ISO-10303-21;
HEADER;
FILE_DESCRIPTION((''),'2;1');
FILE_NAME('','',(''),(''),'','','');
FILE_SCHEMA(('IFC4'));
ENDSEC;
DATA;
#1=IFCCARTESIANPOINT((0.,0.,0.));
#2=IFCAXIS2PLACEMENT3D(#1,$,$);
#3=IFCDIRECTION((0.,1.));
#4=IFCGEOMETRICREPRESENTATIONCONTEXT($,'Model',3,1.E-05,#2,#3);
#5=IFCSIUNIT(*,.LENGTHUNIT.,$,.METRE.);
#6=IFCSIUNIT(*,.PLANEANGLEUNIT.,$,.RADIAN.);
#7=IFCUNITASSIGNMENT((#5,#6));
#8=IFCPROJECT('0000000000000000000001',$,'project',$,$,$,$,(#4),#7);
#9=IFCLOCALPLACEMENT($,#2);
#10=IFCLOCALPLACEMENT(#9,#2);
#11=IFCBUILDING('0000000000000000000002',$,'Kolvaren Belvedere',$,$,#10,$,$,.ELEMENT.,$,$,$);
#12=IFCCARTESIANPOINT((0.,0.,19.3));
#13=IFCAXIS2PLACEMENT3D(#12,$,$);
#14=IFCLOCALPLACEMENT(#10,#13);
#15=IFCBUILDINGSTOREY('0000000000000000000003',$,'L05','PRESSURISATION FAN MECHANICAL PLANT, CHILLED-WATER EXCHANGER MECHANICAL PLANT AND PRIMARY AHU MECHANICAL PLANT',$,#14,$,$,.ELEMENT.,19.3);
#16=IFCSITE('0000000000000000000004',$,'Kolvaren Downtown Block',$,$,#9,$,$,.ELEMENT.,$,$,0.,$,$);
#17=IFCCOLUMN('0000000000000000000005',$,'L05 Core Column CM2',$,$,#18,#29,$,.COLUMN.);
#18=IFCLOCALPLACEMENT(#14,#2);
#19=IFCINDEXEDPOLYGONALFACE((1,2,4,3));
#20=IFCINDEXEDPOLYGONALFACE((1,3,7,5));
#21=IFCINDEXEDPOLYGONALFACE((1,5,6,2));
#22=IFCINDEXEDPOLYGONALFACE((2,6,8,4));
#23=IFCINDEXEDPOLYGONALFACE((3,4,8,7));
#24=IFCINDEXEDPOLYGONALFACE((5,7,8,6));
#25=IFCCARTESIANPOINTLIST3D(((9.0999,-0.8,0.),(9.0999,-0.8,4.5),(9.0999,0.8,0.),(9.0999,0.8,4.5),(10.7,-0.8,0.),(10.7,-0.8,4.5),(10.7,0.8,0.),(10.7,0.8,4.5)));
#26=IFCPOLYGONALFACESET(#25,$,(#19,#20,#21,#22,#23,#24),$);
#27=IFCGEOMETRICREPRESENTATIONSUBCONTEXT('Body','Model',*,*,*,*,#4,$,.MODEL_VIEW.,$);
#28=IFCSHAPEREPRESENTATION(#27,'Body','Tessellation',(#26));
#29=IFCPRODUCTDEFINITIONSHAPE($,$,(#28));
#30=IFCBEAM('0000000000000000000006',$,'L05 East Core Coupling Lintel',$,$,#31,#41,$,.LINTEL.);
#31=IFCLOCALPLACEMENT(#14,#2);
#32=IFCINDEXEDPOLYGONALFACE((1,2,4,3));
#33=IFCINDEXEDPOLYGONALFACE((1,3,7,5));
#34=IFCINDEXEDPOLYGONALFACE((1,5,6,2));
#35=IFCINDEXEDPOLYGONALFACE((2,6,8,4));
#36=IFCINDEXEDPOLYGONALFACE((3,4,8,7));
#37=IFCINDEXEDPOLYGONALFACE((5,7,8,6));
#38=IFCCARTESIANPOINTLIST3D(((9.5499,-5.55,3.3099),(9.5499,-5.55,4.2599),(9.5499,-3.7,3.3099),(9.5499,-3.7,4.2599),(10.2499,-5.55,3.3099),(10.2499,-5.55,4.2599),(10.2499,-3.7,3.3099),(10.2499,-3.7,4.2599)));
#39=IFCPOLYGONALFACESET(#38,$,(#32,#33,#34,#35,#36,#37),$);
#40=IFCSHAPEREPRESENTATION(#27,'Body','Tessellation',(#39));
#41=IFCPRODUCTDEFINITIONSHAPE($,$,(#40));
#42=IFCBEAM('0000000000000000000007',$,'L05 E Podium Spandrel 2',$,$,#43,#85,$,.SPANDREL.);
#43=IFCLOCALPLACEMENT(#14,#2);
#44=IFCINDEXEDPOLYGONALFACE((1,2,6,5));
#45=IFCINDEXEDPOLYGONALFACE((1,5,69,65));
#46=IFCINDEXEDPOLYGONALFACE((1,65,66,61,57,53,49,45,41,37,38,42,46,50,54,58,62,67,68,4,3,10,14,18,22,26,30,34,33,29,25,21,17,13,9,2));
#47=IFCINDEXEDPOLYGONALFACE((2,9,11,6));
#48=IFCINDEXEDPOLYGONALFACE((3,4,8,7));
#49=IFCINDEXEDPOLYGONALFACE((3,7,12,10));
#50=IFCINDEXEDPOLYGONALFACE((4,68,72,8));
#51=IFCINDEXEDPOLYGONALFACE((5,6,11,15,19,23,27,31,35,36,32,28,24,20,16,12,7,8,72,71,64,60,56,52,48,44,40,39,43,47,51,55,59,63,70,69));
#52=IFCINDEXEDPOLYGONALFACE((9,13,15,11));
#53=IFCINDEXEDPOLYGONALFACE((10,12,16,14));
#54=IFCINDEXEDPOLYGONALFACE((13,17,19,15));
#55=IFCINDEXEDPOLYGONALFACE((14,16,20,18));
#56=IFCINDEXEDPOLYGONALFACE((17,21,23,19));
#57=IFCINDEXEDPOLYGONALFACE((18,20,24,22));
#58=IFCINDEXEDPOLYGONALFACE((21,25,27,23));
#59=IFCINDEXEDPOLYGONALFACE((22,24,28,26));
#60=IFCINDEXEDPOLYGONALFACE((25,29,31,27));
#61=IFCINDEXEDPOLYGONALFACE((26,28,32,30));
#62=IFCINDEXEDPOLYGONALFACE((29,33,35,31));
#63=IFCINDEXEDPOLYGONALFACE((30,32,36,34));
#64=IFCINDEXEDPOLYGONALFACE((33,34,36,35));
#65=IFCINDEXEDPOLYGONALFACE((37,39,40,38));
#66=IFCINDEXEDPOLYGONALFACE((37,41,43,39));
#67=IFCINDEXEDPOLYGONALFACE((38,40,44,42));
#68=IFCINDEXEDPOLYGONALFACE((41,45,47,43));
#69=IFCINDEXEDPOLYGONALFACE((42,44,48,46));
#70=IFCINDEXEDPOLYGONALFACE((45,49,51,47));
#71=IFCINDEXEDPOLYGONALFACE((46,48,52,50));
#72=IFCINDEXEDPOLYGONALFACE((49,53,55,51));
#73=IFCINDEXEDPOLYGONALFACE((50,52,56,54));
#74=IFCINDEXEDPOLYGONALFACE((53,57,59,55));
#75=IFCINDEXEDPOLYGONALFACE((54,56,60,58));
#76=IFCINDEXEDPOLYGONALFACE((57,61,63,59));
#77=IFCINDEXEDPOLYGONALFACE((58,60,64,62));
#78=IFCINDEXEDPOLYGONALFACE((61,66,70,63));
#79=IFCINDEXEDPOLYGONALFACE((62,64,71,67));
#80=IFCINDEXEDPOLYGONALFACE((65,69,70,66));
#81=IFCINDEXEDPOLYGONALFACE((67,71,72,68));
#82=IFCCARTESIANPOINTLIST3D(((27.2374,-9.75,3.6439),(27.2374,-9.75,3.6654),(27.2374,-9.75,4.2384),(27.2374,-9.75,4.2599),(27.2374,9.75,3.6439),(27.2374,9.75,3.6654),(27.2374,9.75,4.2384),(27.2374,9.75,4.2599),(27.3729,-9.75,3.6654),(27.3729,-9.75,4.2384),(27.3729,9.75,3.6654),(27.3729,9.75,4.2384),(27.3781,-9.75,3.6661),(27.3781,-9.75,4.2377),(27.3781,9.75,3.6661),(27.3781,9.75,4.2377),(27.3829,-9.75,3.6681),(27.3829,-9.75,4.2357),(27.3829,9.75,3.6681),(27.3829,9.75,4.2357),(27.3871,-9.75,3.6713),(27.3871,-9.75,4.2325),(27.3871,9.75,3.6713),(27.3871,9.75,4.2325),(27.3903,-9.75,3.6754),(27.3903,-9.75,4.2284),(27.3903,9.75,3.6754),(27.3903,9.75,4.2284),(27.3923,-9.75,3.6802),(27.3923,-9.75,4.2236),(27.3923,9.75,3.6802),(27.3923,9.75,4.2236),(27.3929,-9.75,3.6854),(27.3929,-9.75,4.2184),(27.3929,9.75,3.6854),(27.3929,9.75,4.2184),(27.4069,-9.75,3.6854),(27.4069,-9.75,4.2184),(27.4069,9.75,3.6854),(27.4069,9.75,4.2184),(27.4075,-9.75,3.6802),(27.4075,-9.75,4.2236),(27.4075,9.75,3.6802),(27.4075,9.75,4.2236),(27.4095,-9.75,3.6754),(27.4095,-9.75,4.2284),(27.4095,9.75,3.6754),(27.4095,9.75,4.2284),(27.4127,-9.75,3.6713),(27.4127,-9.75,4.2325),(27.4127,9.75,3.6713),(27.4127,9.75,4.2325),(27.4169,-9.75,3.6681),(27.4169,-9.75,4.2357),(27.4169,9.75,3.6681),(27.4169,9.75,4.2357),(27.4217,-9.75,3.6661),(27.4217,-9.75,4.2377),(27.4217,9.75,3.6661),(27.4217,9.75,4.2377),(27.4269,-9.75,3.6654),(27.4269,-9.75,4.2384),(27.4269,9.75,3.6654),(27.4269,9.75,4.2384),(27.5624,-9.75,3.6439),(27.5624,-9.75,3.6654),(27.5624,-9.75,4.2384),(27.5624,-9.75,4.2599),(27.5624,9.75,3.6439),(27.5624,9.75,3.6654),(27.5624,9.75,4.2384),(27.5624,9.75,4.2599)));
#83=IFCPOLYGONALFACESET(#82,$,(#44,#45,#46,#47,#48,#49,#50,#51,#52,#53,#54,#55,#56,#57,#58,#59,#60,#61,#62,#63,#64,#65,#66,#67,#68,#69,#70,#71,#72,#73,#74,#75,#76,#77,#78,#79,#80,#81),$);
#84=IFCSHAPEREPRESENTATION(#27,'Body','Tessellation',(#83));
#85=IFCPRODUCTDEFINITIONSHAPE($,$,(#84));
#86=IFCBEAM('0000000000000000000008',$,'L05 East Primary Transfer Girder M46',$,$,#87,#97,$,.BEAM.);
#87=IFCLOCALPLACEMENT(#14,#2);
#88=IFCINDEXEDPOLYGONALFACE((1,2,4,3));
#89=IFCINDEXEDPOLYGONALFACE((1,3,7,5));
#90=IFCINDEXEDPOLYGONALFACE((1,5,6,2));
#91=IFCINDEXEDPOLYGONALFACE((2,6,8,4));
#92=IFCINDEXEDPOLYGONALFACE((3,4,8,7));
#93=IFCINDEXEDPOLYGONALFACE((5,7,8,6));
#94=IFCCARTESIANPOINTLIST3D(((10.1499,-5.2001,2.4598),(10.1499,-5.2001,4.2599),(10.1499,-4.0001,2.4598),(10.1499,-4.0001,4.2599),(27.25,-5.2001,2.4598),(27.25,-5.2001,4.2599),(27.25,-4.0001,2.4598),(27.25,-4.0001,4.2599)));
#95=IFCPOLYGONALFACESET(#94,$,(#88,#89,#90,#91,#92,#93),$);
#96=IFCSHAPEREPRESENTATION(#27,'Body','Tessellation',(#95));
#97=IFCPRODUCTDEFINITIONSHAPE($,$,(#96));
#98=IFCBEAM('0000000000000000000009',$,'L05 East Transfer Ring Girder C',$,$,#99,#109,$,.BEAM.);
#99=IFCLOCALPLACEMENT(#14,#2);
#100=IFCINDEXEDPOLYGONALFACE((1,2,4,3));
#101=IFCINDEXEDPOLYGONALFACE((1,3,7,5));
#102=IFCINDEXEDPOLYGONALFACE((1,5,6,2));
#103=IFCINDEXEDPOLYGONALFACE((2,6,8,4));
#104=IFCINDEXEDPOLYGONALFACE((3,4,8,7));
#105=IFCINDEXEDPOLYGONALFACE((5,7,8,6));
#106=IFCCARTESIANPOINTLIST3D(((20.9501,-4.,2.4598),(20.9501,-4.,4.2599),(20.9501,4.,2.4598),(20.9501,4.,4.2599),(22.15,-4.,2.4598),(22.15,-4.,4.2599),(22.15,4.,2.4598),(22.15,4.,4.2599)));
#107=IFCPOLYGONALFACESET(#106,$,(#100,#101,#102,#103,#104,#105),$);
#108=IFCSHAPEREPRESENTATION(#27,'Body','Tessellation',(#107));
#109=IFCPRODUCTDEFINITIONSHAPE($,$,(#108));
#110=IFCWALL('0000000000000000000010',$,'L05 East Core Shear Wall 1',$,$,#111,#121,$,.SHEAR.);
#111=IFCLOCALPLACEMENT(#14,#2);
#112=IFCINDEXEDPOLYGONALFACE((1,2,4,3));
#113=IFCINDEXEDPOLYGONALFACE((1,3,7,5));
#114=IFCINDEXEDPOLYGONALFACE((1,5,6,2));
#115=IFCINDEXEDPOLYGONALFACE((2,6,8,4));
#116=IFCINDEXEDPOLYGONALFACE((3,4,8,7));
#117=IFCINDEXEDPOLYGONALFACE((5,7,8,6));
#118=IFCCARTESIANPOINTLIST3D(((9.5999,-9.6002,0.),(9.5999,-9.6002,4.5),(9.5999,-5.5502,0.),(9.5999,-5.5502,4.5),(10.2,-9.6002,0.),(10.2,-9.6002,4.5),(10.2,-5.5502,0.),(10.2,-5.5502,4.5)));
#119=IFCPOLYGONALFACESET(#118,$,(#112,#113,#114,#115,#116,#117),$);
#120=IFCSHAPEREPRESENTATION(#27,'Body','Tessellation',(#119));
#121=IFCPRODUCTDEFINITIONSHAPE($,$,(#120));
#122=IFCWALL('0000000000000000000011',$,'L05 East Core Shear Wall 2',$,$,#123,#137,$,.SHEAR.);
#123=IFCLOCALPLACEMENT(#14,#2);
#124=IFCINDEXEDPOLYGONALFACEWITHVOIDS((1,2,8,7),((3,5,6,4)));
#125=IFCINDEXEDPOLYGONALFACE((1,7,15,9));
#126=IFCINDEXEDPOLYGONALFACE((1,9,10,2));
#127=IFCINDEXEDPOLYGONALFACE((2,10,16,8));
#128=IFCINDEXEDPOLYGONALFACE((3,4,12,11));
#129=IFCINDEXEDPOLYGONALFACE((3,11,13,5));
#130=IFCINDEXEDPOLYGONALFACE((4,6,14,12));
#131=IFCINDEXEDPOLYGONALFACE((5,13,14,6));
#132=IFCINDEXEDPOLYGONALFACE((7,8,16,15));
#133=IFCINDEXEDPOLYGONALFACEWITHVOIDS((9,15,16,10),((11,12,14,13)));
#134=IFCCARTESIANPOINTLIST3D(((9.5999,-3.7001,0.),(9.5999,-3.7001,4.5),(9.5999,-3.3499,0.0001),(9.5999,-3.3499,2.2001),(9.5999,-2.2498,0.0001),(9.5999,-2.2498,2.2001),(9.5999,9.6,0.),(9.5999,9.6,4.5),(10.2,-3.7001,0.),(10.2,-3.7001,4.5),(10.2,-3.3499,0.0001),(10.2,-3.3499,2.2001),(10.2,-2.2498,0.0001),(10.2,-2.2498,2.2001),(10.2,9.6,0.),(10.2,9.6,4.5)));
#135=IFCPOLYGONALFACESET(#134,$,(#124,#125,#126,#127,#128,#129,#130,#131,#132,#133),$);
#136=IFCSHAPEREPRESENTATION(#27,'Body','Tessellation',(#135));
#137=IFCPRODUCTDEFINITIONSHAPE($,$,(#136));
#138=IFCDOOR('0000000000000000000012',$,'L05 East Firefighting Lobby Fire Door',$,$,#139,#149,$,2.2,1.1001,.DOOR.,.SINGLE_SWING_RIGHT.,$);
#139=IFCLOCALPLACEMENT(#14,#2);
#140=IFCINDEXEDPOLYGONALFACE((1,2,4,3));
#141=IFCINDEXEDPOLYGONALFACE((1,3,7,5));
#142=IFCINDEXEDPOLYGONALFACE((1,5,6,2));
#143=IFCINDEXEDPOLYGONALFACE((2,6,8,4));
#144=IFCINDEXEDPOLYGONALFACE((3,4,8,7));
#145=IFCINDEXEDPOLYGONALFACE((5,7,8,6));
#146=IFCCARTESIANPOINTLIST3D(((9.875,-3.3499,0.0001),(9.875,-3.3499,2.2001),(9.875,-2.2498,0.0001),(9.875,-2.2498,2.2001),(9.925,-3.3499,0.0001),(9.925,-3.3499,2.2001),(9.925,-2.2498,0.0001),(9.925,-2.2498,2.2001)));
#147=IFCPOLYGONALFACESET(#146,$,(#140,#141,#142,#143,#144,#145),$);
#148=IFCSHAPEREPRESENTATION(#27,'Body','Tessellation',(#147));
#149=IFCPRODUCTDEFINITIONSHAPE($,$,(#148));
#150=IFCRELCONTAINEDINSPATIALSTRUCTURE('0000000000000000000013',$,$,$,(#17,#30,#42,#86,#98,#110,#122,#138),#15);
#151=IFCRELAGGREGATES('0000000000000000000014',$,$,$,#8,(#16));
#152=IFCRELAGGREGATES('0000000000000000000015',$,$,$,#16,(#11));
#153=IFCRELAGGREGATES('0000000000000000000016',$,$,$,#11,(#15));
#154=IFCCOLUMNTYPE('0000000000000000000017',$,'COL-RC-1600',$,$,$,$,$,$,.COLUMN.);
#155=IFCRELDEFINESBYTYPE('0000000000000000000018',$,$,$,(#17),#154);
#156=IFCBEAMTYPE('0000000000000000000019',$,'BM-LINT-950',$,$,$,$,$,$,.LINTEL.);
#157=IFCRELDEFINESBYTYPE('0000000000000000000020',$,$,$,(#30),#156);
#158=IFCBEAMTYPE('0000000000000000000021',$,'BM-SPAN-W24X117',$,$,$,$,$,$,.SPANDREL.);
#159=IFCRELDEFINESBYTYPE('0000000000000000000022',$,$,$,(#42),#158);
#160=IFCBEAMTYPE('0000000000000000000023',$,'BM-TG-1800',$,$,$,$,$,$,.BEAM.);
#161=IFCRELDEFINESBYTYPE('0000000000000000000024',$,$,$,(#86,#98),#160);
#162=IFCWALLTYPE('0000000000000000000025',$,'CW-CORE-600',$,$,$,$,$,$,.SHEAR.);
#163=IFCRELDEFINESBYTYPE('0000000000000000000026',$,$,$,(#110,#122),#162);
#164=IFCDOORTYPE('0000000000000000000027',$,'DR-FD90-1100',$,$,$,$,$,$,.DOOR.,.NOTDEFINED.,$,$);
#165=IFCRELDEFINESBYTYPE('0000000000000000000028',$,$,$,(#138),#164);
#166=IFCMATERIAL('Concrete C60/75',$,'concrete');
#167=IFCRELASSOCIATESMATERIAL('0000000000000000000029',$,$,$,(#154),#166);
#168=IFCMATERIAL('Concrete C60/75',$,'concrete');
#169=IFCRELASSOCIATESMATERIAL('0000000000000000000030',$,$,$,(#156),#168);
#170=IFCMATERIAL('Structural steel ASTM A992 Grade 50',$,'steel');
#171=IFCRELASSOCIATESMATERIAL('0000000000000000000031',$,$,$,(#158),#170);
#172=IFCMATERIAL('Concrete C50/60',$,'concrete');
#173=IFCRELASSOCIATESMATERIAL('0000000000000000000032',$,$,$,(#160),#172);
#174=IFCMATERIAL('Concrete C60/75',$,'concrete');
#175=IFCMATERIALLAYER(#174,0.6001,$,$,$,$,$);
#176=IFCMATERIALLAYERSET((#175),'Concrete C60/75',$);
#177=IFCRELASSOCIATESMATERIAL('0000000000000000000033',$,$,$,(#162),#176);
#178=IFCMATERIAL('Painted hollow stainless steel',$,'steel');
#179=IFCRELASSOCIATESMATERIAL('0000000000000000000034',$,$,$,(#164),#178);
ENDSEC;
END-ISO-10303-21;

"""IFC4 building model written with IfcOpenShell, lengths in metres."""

from ifc_helpers import new_model, si_unit, direction, frame, frame_2d, origin, origin_2d, place, context, subcontext, project, spatial, rectangle, i_section, extrude, material, layer, layer_set, material_profile, profile_set, type_object, element, fill, save


model = new_model("IFC4")

# Units and contexts
model_context = context("Model", 3, precision=1e-05, world=origin(), true_north=direction((0.0, 1.0)))
body_context = subcontext(model_context, "Body", "Model", "MODEL_VIEW")
ifc_project = project(units=[si_unit("LENGTHUNIT", "METRE"), si_unit("PLANEANGLEUNIT", "RADIAN")], contexts=[model_context])

# Site, building, storey
site_placement = place(None, origin())
site = spatial("IfcSite", under=ifc_project, at=site_placement, Name="Kolvaren Downtown Block", CompositionType="ELEMENT", RefElevation=0.0)
building_placement = place(site_placement, origin())
building = spatial("IfcBuilding", under=site, at=building_placement, Name="Kolvaren Belvedere", CompositionType="ELEMENT")
storey_placement = place(building_placement, frame((0.0, 0.0, 19.3)))
storey = spatial("IfcBuildingStorey", under=building, at=storey_placement, Name="L05", Description="PRESSURISATION FAN MECHANICAL PLANT, CHILLED-WATER EXCHANGER MECHANICAL PLANT AND PRIMARY AHU MECHANICAL PLANT", CompositionType="ELEMENT", Elevation=19.3)

# Column
ifc_material_1 = material(Name="Concrete C60/75", Category="concrete")
ifc_material_profile_1 = material_profile(ifc_material_1, rectangle(XDim=1.6001, YDim=1.6001, at=origin_2d()), Name="RC 1600X1600")
ifc_profile_set_1 = profile_set([ifc_material_profile_1], Name="Concrete C60/75")
column_type = type_object("IfcColumnType", Name="COL-RC-1600", PredefinedType="COLUMN", material=ifc_profile_set_1)
column_placement = place(storey_placement, frame((9.8999, 0.0, 0.0), z_axis=(0.0, 0.0, 1.0), x_axis=(1.0, 0.0, 0.0)))
element("IfcColumn", 1, at=column_placement, inside=storey, type_object=column_type, Name="L05 Core Column CM2", PredefinedType="COLUMN", context=body_context, shape_type="SweptSolid", body=[
    extrude(rectangle(XDim=1.6001, YDim=1.6001, at=origin_2d()), origin(), (0.0, 0.0, 1.0), 4.5),
])

# Beams
ifc_material_2 = material(Name="Concrete C60/75", Category="concrete")
ifc_material_profile_2 = material_profile(ifc_material_2, rectangle(XDim=0.7, YDim=0.95, at=origin_2d()), Name="RC 700X950")
ifc_profile_set_2 = profile_set([ifc_material_profile_2], Name="Concrete C60/75")
beam_type_1 = type_object("IfcBeamType", Name="BM-LINT-950", PredefinedType="LINTEL", material=ifc_profile_set_2)
beam_1_placement = place(storey_placement, frame((9.8999, -5.55, 3.7849), z_axis=(0.0, 1.0, 0.0), x_axis=(-1.0, 0.0, 0.0)))
element("IfcBeam", 2, at=beam_1_placement, inside=storey, type_object=beam_type_1, Name="L05 East Core Coupling Lintel", PredefinedType="LINTEL", context=body_context, shape_type="SweptSolid", body=[
    extrude(rectangle(XDim=0.7, YDim=0.95, at=origin_2d()), origin(), (0.0, 0.0, 1.0), 1.8501),
])
ifc_material_3 = material(Name="Structural steel ASTM A992 Grade 50", Category="steel")
ifc_material_profile_3 = material_profile(ifc_material_3, i_section(OverallWidth=0.325, OverallDepth=0.616, WebThickness=0.0139, FlangeThickness=0.0215, FilletRadius=0.02, at=origin_2d()), Name="W24X117")
ifc_profile_set_3 = profile_set([ifc_material_profile_3], Name="Structural steel ASTM A992 Grade 50")
beam_type_2 = type_object("IfcBeamType", Name="BM-SPAN-W24X117", PredefinedType="SPANDREL", material=ifc_profile_set_3)
beam_2_placement = place(storey_placement, frame((27.3999, -9.75, 3.9519), z_axis=(0.0, 1.0, 0.0), x_axis=(-1.0, 0.0, 0.0)))
element("IfcBeam", 3, at=beam_2_placement, inside=storey, type_object=beam_type_2, Name="L05 E Podium Spandrel 2", PredefinedType="SPANDREL", context=body_context, shape_type="SweptSolid", body=[
    extrude(i_section(OverallWidth=0.325, OverallDepth=0.616, WebThickness=0.0139, FlangeThickness=0.0215, FilletRadius=0.02, at=origin_2d()), origin(), (0.0, 0.0, 1.0), 19.5),
])
ifc_material_4 = material(Name="Concrete C50/60", Category="concrete")
ifc_material_profile_4 = material_profile(ifc_material_4, rectangle(XDim=1.2, YDim=1.8, at=origin_2d()), Name="RC 1200X1800")
ifc_profile_set_4 = profile_set([ifc_material_profile_4], Name="Concrete C50/60")
beam_type_3 = type_object("IfcBeamType", Name="BM-TG-1800", PredefinedType="BEAM", material=ifc_profile_set_4)
beam_3_placement = place(storey_placement, frame((10.1499, -4.6001, 3.3599), z_axis=(1.0, 0.0, 0.0), x_axis=(0.0, 1.0, 0.0)))
element("IfcBeam", 4, at=beam_3_placement, inside=storey, type_object=beam_type_3, Name="L05 East Primary Transfer Girder M46", PredefinedType="BEAM", context=body_context, shape_type="SweptSolid", body=[
    extrude(rectangle(XDim=1.2, YDim=1.8, at=origin_2d()), origin(), (0.0, 0.0, 1.0), 17.1001),
])
beam_4_placement = place(storey_placement, frame((21.55, -4.0, 3.3599), z_axis=(0.0, 1.0, 0.0), x_axis=(-1.0, 0.0, 0.0)))
element("IfcBeam", 5, at=beam_4_placement, inside=storey, type_object=beam_type_3, Name="L05 East Transfer Ring Girder C", PredefinedType="BEAM", context=body_context, shape_type="SweptSolid", body=[
    extrude(rectangle(XDim=1.2, YDim=1.8, at=origin_2d()), origin(), (0.0, 0.0, 1.0), 8.0),
])

# Wall
ifc_material_5 = material(Name="Concrete C60/75", Category="concrete")
ifc_layer_1 = layer(ifc_material_5, 0.6001)
ifc_layer_set_1 = layer_set([ifc_layer_1], Name="Concrete C60/75")
wall_type_1 = type_object("IfcWallType", Name="CW-CORE-600", PredefinedType="SHEAR", material=ifc_layer_set_1)
wall_1_placement = place(storey_placement, frame((9.8999, -9.6001, 0.0), z_axis=(0.0, 0.0, 1.0), x_axis=(0.0, 1.0, 0.0)))
element("IfcWall", 6, at=wall_1_placement, inside=storey, type_object=wall_type_1, Name="L05 East Core Shear Wall 1", PredefinedType="SHEAR", context=body_context, shape_type="SweptSolid", body=[
    extrude(rectangle(XDim=4.05, YDim=0.6001, at=frame_2d((2.0249, 0.0))), origin(), (0.0, 0.0, 1.0), 4.5),
])

# Wall, opening, door
wall_2_placement = place(storey_placement, frame((9.8999, -3.7, 0.0), z_axis=(0.0, 0.0, 1.0), x_axis=(0.0, 1.0, 0.0)))
wall_2 = element("IfcWall", 7, at=wall_2_placement, inside=storey, type_object=wall_type_1, Name="L05 East Core Shear Wall 2", PredefinedType="SHEAR", context=body_context, shape_type="SweptSolid", body=[
    extrude(rectangle(XDim=13.3, YDim=0.6001, at=frame_2d((6.6499, 0.0))), origin(), (0.0, 0.0, 1.0), 4.5),
])
opening_1_placement = place(wall_2_placement, frame((0.3501, 0.0, 0.0)))
opening_1 = element("IfcOpeningElement", 8, at=opening_1_placement, cuts=wall_2, PredefinedType="OPENING", context=body_context, shape_type="SweptSolid", body=[
    extrude(rectangle(XDim=1.1001, YDim=2.2, at=frame_2d((0.55, 1.1001))), frame((0.0, 0.3101, 0.0), z_axis=(0.0, -1.0, 0.0), x_axis=(1.0, 0.0, 0.0)), (0.0, 0.0, 1.0), 0.6201),
])
ifc_material_6 = material(Name="Painted hollow stainless steel", Category="steel")
door_type_1 = type_object("IfcDoorType", Name="DR-FD90-1100", OperationType="NOTDEFINED", PredefinedType="DOOR", material=ifc_material_6)
door_1_placement = place(opening_1_placement, origin())
door_1 = element("IfcDoor", 9, at=door_1_placement, inside=storey, type_object=door_type_1, Name="L05 East Firefighting Lobby Fire Door", OperationType="SINGLE_SWING_RIGHT", OverallHeight=2.2, OverallWidth=1.1001, PredefinedType="DOOR", context=body_context, shape_type="SweptSolid", body=[
    extrude(rectangle(XDim=1.1001, YDim=2.2, at=frame_2d((0.55, 1.1001))), frame((0.0, 0.0249, 0.0), z_axis=(0.0, -1.0, 0.0), x_axis=(1.0, 0.0, 0.0)), (0.0, 0.0, 1.0), 0.05),
])
fill(opening_1, door_1)

save(model, "model.ifc")
